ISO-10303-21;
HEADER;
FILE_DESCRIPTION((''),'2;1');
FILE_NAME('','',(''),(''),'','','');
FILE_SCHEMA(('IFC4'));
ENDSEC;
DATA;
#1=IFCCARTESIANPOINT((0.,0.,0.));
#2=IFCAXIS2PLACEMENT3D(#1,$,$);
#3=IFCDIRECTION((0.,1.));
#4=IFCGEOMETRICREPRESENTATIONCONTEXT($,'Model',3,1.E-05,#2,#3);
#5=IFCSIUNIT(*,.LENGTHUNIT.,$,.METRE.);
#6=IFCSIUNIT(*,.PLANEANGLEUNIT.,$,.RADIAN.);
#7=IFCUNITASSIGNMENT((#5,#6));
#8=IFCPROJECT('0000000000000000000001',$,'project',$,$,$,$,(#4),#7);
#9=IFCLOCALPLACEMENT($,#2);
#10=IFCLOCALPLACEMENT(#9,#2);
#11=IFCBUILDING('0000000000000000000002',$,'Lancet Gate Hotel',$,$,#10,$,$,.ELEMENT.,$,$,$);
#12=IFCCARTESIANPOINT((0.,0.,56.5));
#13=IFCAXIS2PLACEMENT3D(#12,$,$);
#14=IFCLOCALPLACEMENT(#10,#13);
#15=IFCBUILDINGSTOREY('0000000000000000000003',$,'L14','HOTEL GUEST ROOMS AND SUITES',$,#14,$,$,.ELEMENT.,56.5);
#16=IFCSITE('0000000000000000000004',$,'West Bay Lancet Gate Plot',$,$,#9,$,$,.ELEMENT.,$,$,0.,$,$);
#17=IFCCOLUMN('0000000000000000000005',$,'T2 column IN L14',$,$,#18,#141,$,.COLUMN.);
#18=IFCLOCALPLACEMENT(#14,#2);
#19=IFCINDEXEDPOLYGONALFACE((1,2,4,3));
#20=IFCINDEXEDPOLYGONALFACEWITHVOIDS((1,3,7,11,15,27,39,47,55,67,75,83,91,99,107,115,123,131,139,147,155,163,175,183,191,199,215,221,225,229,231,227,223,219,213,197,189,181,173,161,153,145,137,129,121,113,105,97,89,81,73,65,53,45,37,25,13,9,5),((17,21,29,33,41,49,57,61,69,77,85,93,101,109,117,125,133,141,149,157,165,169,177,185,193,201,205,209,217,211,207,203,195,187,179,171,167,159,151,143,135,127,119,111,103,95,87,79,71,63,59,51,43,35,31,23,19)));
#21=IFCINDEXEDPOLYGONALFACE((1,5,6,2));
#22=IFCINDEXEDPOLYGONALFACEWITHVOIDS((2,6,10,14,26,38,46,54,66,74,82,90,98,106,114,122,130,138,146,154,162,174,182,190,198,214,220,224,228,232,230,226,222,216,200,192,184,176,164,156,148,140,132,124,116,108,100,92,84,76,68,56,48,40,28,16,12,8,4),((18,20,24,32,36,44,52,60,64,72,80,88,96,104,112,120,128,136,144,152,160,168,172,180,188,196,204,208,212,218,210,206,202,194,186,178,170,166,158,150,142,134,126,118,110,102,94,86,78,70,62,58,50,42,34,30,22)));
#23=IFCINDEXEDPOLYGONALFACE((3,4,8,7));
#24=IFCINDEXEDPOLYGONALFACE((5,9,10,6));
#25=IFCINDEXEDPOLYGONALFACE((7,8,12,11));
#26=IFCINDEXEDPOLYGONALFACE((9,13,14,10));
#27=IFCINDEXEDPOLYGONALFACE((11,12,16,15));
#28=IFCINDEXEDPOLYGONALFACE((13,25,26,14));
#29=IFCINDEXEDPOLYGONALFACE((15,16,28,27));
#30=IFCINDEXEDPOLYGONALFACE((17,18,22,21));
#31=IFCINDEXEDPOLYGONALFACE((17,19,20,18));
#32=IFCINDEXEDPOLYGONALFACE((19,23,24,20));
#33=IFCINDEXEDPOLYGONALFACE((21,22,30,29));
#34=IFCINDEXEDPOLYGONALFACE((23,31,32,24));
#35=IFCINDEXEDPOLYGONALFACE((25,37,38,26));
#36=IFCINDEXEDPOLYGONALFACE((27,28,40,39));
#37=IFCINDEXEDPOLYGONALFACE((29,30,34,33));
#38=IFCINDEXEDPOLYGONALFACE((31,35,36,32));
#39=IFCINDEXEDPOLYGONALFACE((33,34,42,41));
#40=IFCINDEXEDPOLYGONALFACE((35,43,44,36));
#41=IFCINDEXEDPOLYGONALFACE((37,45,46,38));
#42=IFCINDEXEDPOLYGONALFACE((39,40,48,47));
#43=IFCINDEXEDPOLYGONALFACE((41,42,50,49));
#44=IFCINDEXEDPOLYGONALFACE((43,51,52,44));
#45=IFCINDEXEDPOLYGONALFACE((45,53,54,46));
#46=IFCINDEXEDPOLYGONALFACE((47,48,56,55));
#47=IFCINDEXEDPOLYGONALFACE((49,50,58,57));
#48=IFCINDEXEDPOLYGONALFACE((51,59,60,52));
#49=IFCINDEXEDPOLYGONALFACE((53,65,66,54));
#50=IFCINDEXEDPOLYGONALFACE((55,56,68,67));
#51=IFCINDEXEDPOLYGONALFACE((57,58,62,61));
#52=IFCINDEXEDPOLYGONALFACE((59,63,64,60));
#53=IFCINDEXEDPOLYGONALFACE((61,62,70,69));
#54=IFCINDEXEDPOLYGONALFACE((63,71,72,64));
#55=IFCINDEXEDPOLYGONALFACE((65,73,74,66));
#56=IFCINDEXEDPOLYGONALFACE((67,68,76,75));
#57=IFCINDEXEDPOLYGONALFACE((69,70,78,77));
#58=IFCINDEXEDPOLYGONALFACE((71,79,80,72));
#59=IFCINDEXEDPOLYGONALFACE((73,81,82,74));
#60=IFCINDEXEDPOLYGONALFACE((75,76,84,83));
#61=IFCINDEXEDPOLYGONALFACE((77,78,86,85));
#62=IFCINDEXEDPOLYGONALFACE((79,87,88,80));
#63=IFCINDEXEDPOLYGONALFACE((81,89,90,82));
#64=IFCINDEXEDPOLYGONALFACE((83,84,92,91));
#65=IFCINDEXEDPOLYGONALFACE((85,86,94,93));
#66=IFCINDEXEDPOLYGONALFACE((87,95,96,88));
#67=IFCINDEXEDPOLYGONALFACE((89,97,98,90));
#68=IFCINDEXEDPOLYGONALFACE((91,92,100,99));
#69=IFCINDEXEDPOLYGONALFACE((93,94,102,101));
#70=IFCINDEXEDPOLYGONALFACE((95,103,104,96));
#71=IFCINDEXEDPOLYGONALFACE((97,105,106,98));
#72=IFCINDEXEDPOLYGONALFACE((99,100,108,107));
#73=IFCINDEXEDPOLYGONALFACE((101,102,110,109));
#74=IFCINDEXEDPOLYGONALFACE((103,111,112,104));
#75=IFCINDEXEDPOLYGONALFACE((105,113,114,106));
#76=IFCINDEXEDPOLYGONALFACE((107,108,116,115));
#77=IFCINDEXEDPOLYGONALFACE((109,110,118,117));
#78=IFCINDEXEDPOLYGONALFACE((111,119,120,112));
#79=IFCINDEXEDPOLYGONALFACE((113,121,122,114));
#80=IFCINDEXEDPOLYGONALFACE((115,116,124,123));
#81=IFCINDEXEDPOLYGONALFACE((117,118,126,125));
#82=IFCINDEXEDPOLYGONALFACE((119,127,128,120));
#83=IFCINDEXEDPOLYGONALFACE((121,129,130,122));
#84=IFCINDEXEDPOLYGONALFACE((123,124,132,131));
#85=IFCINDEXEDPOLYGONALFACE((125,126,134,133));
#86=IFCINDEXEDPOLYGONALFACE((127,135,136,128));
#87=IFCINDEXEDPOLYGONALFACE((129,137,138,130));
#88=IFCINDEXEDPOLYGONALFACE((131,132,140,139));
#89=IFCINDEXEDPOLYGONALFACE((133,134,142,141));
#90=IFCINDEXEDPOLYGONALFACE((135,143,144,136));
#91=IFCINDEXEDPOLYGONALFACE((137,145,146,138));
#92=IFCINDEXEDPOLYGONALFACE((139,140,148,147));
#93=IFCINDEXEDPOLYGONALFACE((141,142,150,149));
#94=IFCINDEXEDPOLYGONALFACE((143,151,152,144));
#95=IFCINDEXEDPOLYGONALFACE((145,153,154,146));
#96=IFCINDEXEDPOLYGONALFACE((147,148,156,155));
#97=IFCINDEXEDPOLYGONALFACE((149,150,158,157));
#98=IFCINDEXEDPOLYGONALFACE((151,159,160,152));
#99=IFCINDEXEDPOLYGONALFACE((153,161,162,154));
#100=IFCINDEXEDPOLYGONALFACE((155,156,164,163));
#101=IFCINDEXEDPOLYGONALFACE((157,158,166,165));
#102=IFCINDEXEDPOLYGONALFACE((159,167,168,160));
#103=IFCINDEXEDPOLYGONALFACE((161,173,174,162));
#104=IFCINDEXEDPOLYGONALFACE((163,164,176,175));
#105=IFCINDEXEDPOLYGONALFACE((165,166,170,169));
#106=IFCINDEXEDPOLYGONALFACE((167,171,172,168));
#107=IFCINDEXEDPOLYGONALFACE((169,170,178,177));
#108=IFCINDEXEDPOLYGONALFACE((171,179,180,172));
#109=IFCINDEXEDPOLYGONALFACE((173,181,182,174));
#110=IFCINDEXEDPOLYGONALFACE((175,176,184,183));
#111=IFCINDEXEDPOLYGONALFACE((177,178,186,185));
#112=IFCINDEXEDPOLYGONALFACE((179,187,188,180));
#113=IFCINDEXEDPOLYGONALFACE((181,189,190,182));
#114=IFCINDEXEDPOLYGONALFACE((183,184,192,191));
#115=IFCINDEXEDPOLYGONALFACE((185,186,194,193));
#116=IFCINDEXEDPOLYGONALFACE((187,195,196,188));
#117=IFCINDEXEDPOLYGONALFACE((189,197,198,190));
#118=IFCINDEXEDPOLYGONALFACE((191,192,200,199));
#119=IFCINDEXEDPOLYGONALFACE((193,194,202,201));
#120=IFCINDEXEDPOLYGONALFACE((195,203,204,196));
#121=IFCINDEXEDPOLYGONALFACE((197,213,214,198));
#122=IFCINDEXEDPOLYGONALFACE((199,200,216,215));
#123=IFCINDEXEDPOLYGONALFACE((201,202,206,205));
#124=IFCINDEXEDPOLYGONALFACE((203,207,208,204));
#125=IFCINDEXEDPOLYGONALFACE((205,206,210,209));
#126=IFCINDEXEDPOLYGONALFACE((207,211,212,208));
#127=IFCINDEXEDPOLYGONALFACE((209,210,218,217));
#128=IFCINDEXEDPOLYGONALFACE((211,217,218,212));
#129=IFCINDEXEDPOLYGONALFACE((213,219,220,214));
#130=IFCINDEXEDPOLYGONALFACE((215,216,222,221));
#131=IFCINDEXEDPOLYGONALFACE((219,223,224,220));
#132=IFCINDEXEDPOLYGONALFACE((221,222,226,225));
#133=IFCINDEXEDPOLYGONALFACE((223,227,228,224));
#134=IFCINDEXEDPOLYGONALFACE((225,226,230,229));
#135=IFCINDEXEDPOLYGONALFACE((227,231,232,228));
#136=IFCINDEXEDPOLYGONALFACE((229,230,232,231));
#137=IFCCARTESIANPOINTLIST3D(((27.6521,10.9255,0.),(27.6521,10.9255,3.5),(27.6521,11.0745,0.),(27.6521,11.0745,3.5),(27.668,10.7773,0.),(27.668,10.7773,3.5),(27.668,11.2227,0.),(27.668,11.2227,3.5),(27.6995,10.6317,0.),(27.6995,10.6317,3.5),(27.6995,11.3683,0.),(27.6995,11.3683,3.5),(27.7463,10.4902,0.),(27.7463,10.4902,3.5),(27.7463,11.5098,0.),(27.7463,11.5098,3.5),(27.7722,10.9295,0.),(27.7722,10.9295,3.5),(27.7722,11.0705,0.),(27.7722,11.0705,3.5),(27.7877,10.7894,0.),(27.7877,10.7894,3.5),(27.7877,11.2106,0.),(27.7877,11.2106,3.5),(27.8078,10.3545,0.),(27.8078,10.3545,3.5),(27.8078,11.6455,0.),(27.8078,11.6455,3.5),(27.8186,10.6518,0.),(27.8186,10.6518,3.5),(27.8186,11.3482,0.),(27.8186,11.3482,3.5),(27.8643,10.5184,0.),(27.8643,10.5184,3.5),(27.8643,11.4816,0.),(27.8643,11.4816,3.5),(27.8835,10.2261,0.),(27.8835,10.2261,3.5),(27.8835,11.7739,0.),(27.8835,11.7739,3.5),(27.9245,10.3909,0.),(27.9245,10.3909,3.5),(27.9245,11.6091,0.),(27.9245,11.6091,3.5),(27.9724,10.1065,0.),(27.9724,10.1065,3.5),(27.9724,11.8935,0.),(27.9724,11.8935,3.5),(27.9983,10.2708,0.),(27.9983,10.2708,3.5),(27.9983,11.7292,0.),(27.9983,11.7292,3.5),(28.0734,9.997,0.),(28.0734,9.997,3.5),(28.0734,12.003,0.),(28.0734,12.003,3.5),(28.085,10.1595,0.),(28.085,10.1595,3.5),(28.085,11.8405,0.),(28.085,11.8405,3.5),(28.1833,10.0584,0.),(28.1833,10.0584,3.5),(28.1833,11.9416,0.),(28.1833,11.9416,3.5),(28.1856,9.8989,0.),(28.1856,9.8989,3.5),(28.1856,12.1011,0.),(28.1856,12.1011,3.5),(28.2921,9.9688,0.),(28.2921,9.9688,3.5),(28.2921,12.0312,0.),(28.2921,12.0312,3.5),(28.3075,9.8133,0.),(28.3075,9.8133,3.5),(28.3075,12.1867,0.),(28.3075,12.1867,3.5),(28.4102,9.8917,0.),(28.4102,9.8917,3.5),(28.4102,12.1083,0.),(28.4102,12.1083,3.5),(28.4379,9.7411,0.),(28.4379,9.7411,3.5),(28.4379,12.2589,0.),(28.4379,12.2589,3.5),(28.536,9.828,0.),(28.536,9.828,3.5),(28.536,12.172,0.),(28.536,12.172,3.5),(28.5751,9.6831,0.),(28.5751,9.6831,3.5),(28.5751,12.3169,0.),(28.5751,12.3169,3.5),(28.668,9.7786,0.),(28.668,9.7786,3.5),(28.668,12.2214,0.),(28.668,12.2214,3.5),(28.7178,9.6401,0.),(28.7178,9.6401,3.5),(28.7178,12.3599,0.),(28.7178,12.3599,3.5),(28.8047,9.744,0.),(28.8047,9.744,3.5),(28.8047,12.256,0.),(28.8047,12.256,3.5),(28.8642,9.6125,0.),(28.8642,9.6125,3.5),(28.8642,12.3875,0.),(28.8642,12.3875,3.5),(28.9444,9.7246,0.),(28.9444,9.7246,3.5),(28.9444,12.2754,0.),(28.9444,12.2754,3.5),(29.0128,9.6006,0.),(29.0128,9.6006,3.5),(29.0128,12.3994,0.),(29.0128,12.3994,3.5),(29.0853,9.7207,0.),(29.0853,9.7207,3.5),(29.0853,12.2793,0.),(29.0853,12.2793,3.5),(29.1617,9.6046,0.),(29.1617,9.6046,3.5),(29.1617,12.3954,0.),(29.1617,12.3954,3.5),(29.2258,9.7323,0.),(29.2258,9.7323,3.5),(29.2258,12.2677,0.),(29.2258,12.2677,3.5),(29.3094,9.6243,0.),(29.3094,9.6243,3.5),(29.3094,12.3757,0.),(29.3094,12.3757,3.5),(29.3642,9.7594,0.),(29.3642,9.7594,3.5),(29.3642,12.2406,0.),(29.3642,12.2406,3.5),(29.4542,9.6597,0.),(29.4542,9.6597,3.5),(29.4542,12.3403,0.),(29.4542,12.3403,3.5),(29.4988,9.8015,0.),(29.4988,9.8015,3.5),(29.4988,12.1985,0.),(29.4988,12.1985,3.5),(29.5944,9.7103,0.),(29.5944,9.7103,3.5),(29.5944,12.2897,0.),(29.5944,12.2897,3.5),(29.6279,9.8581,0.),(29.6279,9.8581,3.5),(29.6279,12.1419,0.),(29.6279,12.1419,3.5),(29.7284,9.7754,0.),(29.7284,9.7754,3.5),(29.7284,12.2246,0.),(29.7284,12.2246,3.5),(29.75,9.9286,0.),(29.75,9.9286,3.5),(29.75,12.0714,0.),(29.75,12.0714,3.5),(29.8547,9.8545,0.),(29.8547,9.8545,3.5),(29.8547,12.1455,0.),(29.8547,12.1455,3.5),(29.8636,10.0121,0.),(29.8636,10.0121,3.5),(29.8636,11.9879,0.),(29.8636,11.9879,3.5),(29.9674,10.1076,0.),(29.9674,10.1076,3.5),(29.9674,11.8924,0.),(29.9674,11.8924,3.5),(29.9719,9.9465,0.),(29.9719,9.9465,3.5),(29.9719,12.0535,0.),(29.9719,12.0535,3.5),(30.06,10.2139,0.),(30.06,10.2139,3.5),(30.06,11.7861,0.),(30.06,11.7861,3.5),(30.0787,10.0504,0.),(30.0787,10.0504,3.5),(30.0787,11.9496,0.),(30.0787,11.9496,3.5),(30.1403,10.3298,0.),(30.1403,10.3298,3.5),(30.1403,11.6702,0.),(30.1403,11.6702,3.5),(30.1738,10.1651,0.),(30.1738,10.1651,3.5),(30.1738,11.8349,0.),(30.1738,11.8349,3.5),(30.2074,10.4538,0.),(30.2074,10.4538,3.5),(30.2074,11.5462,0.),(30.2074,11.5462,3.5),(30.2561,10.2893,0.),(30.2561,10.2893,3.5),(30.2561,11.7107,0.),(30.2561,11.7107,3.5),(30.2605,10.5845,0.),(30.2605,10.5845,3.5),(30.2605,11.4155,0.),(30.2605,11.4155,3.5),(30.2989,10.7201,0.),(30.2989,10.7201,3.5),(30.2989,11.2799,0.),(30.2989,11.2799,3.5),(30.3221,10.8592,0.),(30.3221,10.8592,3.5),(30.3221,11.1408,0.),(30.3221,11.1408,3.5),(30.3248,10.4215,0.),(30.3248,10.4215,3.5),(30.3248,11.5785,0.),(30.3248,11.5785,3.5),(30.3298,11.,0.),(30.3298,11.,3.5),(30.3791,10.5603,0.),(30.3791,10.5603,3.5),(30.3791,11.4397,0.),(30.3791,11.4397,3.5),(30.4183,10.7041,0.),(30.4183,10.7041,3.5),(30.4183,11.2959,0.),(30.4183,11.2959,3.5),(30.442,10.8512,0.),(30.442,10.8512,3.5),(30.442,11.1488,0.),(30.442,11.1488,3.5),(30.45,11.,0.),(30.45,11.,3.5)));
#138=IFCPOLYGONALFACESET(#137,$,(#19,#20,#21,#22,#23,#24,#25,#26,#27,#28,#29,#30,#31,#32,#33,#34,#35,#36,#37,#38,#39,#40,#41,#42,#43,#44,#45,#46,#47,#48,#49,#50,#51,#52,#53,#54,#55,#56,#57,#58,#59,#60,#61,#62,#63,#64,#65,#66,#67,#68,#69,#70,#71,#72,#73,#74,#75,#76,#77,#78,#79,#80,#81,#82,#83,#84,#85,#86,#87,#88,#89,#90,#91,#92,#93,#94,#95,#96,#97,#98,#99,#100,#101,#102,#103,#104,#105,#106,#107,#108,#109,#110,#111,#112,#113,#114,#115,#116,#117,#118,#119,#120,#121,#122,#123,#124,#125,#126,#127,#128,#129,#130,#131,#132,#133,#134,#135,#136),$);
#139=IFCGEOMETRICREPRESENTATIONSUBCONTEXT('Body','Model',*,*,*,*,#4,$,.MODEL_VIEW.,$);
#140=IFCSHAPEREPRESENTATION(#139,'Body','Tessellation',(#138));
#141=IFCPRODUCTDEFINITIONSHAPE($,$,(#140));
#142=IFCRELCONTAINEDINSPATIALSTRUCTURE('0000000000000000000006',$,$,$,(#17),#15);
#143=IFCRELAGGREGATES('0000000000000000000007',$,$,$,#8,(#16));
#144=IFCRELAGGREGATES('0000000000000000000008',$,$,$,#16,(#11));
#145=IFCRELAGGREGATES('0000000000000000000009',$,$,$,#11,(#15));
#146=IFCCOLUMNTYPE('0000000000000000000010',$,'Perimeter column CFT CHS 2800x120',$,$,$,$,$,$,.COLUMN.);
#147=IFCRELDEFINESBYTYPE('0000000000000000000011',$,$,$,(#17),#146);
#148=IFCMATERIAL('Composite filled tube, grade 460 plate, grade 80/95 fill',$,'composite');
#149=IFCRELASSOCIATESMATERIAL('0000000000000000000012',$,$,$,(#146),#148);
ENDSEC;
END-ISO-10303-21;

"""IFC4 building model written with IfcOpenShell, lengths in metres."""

from ifc_helpers import new_model, si_unit, direction, frame, origin, origin_2d, place, context, subcontext, project, spatial, hollow_circle, extrude, material, material_profile, profile_set, type_object, element, save


model = new_model("IFC4")

# Units and contexts
model_context = context("Model", 3, precision=1e-05, world=origin(), true_north=direction((0.0, 1.0)))
body_context = subcontext(model_context, "Body", "Model", "MODEL_VIEW")
ifc_project = project(units=[si_unit("LENGTHUNIT", "METRE"), si_unit("PLANEANGLEUNIT", "RADIAN")], contexts=[model_context])

# Site, building, storey
site_placement = place(None, origin())
site = spatial("IfcSite", under=ifc_project, at=site_placement, Name="West Bay Lancet Gate Plot", CompositionType="ELEMENT", RefElevation=0.0)
building_placement = place(site_placement, origin())
building = spatial("IfcBuilding", under=site, at=building_placement, Name="Lancet Gate Hotel", CompositionType="ELEMENT")
storey_placement = place(building_placement, frame((0.0, 0.0, 56.5)))
storey = spatial("IfcBuildingStorey", under=building, at=storey_placement, Name="L14", Description="HOTEL GUEST ROOMS AND SUITES", CompositionType="ELEMENT", Elevation=56.5)

# Column
ifc_material_1 = material(Name="Composite filled tube, grade 460 plate, grade 80/95 fill", Category="composite")
ifc_material_profile_1 = material_profile(ifc_material_1, hollow_circle(Radius=1.3999, WallThickness=0.1201, at=origin_2d()), Name="CHS 2800x120")
ifc_profile_set_1 = profile_set([ifc_material_profile_1], Name="Composite filled tube, grade 460 plate, grade 80/95 fill")
column_type = type_object("IfcColumnType", Name="Perimeter column CFT CHS 2800x120", PredefinedType="COLUMN", material=ifc_profile_set_1)
for number, where, z_axis, x_axis, name in (
    (1, (29.05, 11.0, 0.0), (0.0, 0.0, 1.0), (1.0, 0.0, 0.0), "T2 column IN L14"),
):
    element("IfcColumn", number, at=place(storey_placement, frame(where, z_axis=z_axis, x_axis=x_axis)), inside=storey, type_object=column_type, Name=name, PredefinedType="COLUMN", context=body_context, shape_type="SweptSolid", body=[
        extrude(hollow_circle(Radius=1.3999, WallThickness=0.1201, at=origin_2d()), origin(), (0.0, 0.0, 1.0), 3.5),
    ])

save(model, "model.ifc")
